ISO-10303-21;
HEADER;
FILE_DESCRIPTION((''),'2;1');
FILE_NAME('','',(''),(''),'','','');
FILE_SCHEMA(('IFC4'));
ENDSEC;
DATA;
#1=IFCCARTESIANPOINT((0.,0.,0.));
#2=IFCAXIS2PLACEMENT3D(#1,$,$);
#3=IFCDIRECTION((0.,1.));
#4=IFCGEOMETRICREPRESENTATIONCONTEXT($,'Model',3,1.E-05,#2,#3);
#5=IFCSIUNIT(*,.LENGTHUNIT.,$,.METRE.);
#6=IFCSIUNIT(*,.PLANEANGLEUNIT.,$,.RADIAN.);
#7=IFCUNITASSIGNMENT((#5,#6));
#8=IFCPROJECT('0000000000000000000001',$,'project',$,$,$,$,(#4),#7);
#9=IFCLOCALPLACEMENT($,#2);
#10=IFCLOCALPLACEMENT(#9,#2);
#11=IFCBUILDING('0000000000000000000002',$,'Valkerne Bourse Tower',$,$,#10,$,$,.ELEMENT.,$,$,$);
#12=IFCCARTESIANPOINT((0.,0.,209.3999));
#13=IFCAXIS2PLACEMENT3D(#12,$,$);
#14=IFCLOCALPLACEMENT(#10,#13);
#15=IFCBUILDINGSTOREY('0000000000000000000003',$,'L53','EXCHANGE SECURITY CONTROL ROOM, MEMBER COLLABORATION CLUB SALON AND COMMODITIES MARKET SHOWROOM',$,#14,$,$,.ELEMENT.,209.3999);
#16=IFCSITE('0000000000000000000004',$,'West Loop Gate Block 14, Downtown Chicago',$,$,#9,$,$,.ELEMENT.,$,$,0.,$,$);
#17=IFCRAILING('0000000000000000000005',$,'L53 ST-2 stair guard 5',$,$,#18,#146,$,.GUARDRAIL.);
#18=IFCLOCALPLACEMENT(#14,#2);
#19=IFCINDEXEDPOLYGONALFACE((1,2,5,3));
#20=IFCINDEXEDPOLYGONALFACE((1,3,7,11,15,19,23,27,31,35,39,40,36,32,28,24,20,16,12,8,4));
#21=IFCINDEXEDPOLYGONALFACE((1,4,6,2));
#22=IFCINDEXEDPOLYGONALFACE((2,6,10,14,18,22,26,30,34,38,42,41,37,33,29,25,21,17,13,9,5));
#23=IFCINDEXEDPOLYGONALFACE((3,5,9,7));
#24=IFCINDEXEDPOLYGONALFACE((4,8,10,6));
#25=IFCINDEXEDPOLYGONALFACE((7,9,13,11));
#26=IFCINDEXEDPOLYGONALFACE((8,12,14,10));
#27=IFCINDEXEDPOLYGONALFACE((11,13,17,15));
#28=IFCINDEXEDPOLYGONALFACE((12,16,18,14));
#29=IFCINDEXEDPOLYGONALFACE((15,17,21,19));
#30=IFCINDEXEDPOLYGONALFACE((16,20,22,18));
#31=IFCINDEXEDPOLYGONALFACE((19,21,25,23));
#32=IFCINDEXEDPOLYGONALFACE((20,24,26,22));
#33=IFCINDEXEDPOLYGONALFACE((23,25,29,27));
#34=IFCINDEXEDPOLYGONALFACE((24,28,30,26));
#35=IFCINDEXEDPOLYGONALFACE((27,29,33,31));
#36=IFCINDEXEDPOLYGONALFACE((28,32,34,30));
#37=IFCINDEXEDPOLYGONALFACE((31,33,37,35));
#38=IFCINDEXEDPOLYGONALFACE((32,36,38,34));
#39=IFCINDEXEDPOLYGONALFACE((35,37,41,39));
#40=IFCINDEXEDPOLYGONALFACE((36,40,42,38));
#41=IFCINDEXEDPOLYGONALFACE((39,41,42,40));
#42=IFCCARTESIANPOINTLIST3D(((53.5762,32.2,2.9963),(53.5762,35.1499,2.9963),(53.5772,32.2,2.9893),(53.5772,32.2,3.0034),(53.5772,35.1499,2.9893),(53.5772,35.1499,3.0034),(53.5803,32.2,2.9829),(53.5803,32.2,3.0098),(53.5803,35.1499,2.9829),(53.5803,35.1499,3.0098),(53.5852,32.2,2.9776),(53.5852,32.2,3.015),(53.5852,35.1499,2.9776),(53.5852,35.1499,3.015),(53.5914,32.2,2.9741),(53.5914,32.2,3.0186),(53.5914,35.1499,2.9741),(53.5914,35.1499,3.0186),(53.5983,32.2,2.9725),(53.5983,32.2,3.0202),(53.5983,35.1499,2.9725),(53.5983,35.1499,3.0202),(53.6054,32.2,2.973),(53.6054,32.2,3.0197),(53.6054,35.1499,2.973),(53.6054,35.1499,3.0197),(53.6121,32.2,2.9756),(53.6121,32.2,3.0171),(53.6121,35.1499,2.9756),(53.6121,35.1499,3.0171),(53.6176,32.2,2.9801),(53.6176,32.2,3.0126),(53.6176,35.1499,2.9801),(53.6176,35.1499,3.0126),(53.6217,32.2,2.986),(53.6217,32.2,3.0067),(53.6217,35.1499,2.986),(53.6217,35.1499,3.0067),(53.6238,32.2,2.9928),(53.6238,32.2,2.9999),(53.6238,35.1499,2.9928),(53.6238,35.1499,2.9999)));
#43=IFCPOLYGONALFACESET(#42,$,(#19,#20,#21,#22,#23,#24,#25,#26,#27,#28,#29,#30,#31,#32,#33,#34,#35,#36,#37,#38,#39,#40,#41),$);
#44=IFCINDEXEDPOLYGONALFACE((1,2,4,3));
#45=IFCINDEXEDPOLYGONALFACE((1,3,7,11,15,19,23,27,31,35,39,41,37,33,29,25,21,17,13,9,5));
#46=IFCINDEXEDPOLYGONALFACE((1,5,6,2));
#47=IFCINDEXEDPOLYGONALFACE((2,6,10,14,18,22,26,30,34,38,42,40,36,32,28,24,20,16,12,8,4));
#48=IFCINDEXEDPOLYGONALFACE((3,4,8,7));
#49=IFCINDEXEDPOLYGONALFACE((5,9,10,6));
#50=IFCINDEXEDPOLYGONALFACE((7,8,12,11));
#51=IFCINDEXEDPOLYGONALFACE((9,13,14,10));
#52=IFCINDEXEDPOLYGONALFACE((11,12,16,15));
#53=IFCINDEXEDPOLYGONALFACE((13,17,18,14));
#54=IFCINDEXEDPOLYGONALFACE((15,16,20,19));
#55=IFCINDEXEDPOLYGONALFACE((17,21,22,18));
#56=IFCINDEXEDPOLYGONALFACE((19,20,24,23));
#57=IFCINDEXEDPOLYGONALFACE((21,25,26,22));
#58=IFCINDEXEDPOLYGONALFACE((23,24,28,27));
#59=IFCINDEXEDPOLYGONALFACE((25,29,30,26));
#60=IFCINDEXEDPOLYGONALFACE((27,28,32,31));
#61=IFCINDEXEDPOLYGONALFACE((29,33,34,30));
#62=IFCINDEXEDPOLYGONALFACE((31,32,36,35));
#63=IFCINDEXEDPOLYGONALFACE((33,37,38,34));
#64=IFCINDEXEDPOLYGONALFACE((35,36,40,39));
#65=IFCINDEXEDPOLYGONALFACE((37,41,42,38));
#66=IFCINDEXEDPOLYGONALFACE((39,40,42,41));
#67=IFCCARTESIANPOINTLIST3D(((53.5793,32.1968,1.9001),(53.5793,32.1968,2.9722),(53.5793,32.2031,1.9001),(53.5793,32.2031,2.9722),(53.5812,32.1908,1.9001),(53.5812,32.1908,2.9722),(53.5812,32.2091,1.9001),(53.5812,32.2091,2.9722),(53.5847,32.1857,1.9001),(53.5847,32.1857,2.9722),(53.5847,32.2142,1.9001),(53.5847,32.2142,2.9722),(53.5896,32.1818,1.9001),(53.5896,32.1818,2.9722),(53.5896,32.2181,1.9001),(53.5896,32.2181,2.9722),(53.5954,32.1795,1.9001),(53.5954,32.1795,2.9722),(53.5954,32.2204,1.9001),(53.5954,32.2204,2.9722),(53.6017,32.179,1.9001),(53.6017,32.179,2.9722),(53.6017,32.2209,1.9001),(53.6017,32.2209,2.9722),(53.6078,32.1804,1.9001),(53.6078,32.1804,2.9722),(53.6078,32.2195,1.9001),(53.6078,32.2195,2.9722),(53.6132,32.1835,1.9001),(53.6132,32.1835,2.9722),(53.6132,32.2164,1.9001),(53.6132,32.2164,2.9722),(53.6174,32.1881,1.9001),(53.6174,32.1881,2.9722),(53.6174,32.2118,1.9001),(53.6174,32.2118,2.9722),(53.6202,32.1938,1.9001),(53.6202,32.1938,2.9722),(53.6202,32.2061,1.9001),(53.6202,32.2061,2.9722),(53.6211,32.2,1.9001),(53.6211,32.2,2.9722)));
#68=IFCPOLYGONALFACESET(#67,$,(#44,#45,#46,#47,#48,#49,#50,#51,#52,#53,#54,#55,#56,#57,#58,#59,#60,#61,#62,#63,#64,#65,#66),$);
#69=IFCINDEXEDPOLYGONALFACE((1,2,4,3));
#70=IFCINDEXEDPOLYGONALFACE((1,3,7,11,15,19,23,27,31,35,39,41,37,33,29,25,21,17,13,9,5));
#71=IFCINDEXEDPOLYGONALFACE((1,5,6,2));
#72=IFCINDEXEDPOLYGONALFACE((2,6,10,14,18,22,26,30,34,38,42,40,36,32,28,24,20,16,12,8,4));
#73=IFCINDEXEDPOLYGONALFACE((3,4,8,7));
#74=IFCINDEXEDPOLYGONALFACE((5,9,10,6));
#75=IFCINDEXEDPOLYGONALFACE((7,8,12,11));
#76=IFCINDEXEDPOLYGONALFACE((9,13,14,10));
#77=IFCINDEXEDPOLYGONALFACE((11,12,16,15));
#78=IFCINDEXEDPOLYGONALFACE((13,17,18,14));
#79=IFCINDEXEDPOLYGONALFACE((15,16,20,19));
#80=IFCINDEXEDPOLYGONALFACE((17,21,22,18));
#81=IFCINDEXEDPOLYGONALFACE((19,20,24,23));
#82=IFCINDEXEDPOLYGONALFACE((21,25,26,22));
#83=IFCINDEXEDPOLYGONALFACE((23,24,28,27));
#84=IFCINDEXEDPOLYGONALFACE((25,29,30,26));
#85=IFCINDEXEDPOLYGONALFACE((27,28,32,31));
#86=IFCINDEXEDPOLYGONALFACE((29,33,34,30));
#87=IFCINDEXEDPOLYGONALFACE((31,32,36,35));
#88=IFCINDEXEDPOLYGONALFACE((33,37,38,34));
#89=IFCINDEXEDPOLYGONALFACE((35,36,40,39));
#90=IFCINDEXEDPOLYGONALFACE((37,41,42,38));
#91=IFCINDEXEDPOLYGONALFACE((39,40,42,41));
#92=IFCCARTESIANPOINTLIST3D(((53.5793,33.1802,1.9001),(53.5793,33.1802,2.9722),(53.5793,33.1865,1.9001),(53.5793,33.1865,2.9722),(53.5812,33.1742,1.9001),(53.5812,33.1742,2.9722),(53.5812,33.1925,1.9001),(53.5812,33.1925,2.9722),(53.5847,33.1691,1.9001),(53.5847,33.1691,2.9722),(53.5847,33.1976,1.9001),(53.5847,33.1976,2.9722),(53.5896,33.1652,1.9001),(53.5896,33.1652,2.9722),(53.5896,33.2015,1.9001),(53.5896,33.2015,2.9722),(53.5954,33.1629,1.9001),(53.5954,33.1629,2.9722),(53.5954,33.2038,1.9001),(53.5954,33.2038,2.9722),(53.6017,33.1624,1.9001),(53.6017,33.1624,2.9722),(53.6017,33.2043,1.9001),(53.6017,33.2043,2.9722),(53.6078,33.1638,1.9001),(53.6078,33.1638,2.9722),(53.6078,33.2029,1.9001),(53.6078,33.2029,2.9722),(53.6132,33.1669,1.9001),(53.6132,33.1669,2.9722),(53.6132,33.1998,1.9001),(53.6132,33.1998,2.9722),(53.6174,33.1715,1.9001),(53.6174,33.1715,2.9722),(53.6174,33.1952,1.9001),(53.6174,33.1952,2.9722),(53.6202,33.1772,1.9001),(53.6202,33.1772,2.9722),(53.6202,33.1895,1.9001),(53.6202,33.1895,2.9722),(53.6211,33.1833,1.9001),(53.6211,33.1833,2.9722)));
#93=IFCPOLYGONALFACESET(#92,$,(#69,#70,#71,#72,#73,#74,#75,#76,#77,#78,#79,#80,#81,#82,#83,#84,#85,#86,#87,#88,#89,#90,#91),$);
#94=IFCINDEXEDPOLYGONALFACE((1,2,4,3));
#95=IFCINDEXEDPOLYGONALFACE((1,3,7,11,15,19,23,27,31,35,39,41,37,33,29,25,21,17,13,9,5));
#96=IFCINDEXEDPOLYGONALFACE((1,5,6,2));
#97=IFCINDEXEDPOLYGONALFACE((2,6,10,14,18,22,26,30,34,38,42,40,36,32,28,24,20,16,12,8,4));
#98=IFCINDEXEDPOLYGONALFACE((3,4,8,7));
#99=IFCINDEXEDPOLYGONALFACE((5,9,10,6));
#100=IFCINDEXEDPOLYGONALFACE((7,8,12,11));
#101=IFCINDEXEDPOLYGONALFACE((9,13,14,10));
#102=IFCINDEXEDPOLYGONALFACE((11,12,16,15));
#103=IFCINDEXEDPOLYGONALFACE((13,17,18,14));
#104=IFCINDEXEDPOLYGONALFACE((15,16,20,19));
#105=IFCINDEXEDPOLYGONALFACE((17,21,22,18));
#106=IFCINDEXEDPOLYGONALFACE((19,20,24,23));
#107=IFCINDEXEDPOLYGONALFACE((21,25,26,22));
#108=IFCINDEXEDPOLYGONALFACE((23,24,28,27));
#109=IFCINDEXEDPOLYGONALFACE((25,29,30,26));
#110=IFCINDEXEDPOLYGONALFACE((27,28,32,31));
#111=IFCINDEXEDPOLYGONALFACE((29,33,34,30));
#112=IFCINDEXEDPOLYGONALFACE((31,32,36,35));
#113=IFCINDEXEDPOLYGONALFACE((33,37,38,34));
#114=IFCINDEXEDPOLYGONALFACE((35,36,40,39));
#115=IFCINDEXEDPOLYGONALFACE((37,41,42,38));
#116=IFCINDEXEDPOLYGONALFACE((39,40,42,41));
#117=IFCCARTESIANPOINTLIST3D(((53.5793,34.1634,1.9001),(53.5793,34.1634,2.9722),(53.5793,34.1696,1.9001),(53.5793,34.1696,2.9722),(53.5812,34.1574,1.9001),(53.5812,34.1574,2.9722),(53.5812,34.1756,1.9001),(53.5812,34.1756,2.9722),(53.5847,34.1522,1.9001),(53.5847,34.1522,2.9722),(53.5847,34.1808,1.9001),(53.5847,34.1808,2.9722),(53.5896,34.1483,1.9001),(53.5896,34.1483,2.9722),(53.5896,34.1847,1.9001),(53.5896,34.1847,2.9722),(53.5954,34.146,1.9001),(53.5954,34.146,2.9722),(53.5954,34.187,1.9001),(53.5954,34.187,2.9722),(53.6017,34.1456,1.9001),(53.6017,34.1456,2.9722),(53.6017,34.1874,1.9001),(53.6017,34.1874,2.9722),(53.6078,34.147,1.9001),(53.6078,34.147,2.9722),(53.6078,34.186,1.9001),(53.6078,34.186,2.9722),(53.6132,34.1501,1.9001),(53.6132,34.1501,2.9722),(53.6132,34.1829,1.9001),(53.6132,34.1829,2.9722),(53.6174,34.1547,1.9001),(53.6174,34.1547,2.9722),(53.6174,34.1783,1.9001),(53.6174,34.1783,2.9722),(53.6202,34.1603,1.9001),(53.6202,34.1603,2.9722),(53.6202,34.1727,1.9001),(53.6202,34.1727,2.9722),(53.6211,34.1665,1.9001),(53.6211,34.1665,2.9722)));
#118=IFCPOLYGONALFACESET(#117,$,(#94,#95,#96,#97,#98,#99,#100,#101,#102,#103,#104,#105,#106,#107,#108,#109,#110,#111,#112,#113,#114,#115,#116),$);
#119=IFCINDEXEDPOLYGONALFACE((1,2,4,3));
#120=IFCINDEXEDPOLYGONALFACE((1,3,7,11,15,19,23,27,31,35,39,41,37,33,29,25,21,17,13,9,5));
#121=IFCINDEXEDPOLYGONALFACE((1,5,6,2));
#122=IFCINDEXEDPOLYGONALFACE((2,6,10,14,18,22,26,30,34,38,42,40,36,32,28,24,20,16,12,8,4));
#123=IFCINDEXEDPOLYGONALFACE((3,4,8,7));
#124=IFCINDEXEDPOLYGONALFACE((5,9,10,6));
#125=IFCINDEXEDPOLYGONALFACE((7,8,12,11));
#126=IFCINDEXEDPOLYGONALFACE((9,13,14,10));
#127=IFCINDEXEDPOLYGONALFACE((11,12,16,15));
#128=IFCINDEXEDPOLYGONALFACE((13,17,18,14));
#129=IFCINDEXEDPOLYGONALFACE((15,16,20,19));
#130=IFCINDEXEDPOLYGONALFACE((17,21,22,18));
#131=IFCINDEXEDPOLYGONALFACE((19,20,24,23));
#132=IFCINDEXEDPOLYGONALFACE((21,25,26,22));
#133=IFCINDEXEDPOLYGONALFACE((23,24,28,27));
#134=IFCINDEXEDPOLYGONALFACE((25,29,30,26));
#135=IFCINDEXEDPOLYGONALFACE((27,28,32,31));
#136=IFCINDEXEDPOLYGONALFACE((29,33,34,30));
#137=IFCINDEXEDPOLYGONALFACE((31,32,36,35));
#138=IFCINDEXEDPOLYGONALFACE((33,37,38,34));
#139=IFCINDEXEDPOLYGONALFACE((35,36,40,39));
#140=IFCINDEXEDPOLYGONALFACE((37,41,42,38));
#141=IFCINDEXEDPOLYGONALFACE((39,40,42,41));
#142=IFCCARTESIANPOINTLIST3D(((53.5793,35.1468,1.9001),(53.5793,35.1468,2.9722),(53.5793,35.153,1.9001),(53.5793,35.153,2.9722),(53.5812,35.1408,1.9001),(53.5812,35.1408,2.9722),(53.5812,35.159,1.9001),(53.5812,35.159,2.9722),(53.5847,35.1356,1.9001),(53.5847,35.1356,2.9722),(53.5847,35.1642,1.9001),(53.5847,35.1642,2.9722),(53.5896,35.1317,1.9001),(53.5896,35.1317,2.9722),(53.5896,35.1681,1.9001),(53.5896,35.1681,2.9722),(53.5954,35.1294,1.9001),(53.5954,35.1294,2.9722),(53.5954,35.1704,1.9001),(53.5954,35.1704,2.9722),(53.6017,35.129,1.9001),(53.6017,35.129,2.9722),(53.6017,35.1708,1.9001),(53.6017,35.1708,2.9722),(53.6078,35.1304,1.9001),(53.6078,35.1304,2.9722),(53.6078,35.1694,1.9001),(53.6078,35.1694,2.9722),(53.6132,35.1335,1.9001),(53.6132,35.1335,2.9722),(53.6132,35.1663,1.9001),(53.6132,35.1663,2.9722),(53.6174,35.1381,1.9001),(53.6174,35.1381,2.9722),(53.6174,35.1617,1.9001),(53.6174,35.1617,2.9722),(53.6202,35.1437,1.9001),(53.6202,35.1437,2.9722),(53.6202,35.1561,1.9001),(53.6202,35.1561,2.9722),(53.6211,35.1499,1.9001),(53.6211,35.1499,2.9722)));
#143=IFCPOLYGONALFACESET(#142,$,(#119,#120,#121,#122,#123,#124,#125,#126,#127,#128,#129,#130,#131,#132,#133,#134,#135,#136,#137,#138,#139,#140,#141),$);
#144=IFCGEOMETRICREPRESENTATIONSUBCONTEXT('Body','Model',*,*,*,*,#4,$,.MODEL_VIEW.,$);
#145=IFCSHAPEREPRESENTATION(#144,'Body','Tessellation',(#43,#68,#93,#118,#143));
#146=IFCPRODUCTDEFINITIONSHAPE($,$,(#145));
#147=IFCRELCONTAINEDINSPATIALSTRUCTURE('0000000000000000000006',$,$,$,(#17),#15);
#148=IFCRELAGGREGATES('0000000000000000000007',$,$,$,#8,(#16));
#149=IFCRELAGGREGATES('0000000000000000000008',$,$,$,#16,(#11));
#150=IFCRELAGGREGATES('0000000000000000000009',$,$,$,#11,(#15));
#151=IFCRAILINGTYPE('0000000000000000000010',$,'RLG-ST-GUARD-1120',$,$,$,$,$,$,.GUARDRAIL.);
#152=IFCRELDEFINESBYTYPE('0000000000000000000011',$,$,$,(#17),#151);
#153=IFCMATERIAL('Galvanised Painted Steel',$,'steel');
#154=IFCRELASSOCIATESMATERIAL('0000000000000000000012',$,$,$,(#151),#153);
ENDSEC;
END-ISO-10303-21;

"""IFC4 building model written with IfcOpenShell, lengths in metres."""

from ifc_helpers import new_model, si_unit, direction, frame, origin, origin_2d, place, context, subcontext, project, spatial, circle, extrude, material, type_object, element, save


model = new_model("IFC4")

# Units and contexts
model_context = context("Model", 3, precision=1e-05, world=origin(), true_north=direction((0.0, 1.0)))
body_context = subcontext(model_context, "Body", "Model", "MODEL_VIEW")
ifc_project = project(units=[si_unit("LENGTHUNIT", "METRE"), si_unit("PLANEANGLEUNIT", "RADIAN")], contexts=[model_context])

# Site, building, storey
site_placement = place(None, origin())
site = spatial("IfcSite", under=ifc_project, at=site_placement, Name="West Loop Gate Block 14, Downtown Chicago", CompositionType="ELEMENT", RefElevation=0.0)
building_placement = place(site_placement, origin())
building = spatial("IfcBuilding", under=site, at=building_placement, Name="Valkerne Bourse Tower", CompositionType="ELEMENT")
storey_placement = place(building_placement, frame((0.0, 0.0, 209.3999)))
storey = spatial("IfcBuildingStorey", under=building, at=storey_placement, Name="L53", Description="EXCHANGE SECURITY CONTROL ROOM, MEMBER COLLABORATION CLUB SALON AND COMMODITIES MARKET SHOWROOM", CompositionType="ELEMENT", Elevation=209.3999)

# Railing
ifc_material_1 = material(Name="Galvanised Painted Steel", Category="steel")
railing_type = type_object("IfcRailingType", Name="RLG-ST-GUARD-1120", PredefinedType="GUARDRAIL", material=ifc_material_1)
railing_1_placement = place(storey_placement, frame((53.6001, 32.2, 1.9001)))
element("IfcRailing", 1, at=railing_1_placement, inside=storey, type_object=railing_type, Name="L53 ST-2 stair guard 5", PredefinedType="GUARDRAIL", context=body_context, shape_type="SweptSolid", body=[
    extrude(circle(Radius=0.0239, at=origin_2d()), frame((0.0, 0.0, 1.0962), z_axis=(0.0, 1.0, 0.0), x_axis=(-1.0, 0.0, 0.0)), (0.0, 0.0, 1.0), 2.95),
    extrude(circle(Radius=0.021, at=origin_2d()), origin(), (0.0, 0.0, 1.0), 1.072),
    extrude(circle(Radius=0.021, at=origin_2d()), frame((0.0, 0.9834, 0.0)), (0.0, 0.0, 1.0), 1.072),
    extrude(circle(Radius=0.021, at=origin_2d()), frame((0.0, 1.9666, 0.0)), (0.0, 0.0, 1.0), 1.072),
    extrude(circle(Radius=0.021, at=origin_2d()), frame((0.0, 2.95, 0.0)), (0.0, 0.0, 1.0), 1.072),
])

save(model, "model.ifc")
